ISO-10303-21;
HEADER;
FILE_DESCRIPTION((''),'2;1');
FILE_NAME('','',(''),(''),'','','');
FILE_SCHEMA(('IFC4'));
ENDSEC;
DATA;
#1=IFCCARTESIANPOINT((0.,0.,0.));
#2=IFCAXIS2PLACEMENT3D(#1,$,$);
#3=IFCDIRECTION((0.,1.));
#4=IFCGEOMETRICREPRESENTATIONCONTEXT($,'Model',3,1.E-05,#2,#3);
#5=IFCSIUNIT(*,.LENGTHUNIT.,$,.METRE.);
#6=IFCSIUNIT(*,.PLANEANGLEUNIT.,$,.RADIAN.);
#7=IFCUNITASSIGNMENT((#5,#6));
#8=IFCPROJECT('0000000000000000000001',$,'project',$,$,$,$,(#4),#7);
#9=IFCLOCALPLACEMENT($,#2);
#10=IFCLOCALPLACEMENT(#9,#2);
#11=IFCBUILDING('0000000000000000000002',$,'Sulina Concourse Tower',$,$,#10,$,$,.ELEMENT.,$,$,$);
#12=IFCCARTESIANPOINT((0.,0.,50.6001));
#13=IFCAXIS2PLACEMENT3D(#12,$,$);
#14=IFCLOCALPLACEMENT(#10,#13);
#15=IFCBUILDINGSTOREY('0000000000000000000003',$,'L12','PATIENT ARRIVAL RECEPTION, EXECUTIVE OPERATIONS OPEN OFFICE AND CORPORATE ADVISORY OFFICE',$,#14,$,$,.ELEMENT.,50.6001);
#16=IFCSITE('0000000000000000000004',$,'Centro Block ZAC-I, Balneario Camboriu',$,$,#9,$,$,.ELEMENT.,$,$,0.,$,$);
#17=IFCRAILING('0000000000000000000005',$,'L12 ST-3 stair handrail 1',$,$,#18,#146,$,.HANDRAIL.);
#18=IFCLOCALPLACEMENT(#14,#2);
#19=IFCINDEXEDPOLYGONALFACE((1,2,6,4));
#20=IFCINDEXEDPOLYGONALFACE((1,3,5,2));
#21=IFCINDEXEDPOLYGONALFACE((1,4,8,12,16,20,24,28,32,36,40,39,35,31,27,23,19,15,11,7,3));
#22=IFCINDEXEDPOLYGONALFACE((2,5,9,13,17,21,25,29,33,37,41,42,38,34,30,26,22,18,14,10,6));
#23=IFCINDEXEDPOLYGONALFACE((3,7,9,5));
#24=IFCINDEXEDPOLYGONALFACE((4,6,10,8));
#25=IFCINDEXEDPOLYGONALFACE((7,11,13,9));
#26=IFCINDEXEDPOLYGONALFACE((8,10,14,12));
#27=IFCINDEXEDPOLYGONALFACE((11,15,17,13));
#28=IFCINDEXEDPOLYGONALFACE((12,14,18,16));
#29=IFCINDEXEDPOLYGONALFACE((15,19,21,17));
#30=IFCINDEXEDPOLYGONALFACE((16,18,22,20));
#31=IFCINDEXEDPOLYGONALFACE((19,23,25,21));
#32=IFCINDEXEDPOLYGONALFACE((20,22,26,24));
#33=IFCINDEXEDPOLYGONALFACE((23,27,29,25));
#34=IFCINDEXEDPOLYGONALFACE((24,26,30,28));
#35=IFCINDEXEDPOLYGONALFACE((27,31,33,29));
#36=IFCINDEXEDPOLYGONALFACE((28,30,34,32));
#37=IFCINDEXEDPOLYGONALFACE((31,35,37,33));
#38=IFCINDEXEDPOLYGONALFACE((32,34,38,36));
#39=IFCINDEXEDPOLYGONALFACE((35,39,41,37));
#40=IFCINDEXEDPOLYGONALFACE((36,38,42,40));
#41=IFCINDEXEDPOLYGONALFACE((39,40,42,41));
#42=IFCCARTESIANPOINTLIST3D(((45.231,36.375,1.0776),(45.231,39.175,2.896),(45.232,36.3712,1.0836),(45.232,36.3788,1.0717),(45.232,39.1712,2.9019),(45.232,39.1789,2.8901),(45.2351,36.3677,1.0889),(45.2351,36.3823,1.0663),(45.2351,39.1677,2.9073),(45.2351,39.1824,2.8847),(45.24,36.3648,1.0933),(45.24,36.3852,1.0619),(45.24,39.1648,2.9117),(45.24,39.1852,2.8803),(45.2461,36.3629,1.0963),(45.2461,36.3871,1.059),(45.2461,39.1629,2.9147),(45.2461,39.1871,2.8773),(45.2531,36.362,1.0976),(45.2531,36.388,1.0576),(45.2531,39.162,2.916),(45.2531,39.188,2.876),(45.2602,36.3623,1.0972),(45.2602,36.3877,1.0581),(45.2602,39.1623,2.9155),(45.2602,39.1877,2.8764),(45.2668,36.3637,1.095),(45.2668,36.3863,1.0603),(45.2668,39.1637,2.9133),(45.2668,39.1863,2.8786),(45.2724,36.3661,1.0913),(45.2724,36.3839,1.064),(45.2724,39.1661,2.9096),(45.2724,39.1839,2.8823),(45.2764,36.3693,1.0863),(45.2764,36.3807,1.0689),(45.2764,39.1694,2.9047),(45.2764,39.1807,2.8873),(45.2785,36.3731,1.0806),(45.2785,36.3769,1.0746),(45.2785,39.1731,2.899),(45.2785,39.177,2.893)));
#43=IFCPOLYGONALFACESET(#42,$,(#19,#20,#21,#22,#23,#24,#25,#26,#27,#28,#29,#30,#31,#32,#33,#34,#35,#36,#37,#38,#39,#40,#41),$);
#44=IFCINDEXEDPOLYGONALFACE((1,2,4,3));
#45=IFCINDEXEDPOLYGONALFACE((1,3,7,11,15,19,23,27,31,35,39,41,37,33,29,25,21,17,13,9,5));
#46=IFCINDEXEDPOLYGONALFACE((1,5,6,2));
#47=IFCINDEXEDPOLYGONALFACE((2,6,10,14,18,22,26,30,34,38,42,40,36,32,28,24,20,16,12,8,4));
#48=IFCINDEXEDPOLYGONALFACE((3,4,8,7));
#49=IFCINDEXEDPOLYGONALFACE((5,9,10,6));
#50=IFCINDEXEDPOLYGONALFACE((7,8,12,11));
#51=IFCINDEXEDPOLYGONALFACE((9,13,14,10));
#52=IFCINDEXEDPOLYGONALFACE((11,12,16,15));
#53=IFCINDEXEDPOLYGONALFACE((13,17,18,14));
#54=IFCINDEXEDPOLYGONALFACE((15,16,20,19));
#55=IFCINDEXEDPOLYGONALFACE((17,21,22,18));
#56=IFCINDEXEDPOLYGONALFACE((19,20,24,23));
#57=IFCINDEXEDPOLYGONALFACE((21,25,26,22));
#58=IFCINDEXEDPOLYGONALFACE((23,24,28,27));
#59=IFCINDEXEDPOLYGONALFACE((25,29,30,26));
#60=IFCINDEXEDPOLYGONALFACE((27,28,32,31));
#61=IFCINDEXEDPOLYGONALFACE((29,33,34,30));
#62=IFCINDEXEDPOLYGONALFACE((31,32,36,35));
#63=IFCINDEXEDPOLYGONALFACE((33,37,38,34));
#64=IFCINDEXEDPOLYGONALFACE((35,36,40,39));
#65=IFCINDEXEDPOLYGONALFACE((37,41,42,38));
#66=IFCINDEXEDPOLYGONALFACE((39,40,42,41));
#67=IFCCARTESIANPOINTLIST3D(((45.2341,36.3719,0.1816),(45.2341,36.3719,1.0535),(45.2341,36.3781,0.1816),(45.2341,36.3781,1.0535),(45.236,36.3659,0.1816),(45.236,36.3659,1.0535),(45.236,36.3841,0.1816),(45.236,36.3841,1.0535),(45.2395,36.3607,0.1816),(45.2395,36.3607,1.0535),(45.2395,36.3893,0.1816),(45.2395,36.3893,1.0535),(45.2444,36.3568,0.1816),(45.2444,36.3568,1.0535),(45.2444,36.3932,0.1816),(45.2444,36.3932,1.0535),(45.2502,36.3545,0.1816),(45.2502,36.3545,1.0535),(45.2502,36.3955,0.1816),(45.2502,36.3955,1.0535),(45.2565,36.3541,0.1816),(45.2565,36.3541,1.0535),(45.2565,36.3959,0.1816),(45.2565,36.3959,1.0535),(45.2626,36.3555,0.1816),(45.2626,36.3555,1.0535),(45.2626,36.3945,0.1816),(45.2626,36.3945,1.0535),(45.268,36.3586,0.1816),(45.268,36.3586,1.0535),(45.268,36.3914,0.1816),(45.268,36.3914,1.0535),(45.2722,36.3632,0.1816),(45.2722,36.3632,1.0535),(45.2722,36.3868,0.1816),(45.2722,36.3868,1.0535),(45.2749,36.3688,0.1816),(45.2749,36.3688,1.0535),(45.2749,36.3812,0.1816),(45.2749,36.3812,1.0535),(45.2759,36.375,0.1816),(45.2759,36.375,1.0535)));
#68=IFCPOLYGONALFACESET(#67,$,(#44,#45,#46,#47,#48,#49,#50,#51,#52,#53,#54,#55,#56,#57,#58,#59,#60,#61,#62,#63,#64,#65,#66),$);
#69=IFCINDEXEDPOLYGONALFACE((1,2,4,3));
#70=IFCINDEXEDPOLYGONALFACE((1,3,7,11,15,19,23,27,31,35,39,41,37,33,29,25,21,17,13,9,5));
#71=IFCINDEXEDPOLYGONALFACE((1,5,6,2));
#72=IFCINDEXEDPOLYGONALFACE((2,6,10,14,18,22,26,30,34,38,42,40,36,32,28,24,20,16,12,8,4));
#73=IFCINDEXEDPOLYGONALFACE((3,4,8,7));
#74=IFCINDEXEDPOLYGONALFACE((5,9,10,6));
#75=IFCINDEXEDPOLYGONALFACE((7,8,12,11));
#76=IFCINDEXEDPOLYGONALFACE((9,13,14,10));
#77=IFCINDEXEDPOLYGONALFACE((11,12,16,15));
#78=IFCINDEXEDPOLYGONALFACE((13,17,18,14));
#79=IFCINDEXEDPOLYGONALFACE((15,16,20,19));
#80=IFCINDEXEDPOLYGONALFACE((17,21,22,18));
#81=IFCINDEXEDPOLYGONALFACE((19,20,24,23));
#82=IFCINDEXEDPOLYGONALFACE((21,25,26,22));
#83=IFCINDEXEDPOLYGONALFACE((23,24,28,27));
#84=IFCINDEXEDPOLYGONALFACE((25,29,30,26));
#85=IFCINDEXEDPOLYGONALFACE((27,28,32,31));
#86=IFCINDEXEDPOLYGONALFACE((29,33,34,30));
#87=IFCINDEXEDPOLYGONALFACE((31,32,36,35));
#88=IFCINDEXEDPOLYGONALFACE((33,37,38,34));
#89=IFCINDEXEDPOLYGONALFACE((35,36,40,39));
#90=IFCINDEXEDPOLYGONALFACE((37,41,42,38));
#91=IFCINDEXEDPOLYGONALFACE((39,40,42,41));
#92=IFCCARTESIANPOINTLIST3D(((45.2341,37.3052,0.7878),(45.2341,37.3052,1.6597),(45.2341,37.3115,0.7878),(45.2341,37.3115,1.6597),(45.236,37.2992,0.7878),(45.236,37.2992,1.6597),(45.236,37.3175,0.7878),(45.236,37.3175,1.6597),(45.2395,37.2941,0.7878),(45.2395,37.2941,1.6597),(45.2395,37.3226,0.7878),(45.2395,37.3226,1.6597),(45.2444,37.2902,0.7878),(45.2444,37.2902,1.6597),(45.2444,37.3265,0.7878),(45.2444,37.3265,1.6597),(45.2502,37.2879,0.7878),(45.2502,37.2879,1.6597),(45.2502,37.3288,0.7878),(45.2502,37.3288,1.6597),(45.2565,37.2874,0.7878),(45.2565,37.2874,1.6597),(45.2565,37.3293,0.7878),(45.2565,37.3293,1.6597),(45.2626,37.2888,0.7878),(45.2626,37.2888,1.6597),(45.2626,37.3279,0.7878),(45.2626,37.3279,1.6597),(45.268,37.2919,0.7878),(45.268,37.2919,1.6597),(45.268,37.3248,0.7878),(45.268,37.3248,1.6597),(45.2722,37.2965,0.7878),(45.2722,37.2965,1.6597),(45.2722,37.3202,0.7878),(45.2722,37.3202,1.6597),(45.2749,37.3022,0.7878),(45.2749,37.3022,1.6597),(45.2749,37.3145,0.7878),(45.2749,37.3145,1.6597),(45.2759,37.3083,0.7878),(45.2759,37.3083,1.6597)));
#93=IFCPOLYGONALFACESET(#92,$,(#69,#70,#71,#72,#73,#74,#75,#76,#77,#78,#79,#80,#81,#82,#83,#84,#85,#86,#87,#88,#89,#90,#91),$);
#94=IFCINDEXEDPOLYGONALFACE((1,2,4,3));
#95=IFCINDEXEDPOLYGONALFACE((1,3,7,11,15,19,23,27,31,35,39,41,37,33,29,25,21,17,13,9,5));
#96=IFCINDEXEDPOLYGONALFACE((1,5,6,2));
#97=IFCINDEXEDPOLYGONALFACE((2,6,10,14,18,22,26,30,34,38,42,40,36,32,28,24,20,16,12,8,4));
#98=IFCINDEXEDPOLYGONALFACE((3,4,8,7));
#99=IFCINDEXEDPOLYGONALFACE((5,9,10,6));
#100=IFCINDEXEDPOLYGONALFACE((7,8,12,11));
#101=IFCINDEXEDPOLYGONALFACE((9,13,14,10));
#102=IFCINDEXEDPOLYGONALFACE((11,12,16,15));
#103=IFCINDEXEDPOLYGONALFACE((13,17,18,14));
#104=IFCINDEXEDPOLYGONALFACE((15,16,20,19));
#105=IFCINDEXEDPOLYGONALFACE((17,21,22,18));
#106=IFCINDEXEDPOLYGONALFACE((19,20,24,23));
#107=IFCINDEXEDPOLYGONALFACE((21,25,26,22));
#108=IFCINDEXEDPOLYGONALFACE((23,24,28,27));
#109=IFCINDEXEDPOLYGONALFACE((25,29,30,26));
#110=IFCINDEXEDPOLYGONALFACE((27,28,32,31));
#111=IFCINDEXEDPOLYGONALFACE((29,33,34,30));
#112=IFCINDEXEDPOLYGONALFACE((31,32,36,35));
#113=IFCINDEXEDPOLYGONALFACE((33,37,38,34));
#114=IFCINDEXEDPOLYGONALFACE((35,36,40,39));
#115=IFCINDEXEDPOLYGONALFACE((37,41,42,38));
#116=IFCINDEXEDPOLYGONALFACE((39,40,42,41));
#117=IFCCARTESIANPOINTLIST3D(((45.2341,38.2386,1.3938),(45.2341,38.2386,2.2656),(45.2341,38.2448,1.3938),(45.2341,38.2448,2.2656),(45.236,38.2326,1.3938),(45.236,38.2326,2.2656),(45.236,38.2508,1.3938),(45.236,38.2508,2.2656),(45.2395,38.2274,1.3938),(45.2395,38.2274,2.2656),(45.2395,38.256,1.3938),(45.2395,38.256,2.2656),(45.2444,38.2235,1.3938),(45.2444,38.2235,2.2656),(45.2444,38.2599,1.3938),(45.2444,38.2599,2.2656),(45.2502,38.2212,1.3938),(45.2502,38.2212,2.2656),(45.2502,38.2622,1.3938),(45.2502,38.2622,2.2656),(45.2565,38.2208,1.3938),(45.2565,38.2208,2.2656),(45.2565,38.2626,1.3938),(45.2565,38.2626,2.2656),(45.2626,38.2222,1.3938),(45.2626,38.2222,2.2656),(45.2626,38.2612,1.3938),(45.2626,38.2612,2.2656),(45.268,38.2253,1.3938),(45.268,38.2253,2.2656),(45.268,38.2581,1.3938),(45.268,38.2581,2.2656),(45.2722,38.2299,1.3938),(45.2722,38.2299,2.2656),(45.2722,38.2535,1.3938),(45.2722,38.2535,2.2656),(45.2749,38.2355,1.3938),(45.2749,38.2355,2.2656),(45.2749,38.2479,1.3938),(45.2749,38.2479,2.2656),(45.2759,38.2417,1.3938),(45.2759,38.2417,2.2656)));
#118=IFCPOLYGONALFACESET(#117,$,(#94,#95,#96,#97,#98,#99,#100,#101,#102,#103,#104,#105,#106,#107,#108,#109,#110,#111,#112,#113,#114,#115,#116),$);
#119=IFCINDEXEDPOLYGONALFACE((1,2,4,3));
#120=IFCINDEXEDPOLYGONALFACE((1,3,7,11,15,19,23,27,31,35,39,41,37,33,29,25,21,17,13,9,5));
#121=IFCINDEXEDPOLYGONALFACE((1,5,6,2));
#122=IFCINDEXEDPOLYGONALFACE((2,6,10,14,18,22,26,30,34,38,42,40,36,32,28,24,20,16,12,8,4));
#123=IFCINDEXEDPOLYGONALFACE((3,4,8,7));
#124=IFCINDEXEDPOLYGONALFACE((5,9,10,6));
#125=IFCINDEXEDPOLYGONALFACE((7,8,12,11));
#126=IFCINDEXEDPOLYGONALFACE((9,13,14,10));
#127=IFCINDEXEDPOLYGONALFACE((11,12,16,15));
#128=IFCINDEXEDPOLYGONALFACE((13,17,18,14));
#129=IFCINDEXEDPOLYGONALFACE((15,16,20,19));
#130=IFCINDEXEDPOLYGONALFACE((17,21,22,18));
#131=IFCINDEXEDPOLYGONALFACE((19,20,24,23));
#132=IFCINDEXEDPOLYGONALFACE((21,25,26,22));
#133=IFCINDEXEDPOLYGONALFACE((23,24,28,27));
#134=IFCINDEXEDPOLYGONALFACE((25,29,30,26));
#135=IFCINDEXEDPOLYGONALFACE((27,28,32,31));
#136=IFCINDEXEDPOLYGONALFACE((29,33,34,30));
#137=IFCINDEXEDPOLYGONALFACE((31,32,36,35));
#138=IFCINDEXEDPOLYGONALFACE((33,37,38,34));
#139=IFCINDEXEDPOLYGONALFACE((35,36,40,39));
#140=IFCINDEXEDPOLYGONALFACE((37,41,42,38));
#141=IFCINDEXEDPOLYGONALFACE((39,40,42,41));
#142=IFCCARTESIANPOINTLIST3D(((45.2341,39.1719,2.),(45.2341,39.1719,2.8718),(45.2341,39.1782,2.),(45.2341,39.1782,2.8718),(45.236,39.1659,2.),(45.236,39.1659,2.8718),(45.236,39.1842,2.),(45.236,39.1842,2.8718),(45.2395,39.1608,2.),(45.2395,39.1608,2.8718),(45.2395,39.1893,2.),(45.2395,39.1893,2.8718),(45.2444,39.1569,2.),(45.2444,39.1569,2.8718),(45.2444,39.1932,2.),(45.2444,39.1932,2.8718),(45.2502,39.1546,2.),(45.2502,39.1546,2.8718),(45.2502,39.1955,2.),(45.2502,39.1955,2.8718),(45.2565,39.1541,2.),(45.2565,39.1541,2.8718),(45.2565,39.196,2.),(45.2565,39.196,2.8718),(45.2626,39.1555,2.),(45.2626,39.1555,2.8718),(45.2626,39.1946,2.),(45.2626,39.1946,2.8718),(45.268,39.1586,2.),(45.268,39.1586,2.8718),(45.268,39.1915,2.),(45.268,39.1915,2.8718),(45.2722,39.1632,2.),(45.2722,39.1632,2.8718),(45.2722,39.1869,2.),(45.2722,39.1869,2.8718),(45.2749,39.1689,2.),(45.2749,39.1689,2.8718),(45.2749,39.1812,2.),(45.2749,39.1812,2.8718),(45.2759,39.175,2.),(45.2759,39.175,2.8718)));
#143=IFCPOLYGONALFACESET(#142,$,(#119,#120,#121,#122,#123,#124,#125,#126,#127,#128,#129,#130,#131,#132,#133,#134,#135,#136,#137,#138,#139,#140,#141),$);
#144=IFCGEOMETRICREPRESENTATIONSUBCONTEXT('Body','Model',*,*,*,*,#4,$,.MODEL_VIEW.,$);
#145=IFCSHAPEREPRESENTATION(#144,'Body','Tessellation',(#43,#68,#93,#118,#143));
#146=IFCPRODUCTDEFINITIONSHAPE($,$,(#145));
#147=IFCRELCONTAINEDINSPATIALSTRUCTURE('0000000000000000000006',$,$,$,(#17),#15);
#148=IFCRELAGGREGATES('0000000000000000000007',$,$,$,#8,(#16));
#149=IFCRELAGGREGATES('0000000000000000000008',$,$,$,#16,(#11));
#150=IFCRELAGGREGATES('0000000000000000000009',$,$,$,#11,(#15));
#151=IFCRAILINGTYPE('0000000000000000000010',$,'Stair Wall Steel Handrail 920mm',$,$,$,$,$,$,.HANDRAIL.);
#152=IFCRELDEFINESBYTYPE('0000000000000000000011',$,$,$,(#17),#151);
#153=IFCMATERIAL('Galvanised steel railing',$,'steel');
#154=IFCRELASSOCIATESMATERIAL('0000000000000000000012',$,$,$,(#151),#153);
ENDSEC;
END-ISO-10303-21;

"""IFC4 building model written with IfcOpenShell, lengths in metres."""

from ifc_helpers import new_model, si_unit, direction, frame, origin, origin_2d, place, context, subcontext, project, spatial, circle, extrude, material, type_object, element, save


model = new_model("IFC4")

# Units and contexts
model_context = context("Model", 3, precision=1e-05, world=origin(), true_north=direction((0.0, 1.0)))
body_context = subcontext(model_context, "Body", "Model", "MODEL_VIEW")
ifc_project = project(units=[si_unit("LENGTHUNIT", "METRE"), si_unit("PLANEANGLEUNIT", "RADIAN")], contexts=[model_context])

# Site, building, storey
site_placement = place(None, origin())
site = spatial("IfcSite", under=ifc_project, at=site_placement, Name="Centro Block ZAC-I, Balneario Camboriu", CompositionType="ELEMENT", RefElevation=0.0)
building_placement = place(site_placement, origin())
building = spatial("IfcBuilding", under=site, at=building_placement, Name="Sulina Concourse Tower", CompositionType="ELEMENT")
storey_placement = place(building_placement, frame((0.0, 0.0, 50.6001)))
storey = spatial("IfcBuildingStorey", under=building, at=storey_placement, Name="L12", Description="PATIENT ARRIVAL RECEPTION, EXECUTIVE OPERATIONS OPEN OFFICE AND CORPORATE ADVISORY OFFICE", CompositionType="ELEMENT", Elevation=50.6001)

# Railing
ifc_material_1 = material(Name="Galvanised steel railing", Category="steel")
railing_type_1 = type_object("IfcRailingType", Name="Stair Wall Steel Handrail 920mm", PredefinedType="HANDRAIL", material=ifc_material_1)
railing_1_placement = place(storey_placement, frame((45.2549, 36.375, 0.1816)))
element("IfcRailing", 1, at=railing_1_placement, inside=storey, type_object=railing_type_1, Name="L12 ST-3 stair handrail 1", PredefinedType="HANDRAIL", context=body_context, shape_type="SweptSolid", body=[
    extrude(circle(Radius=0.0239, at=origin_2d()), frame((0.0, 0.0, 0.896), z_axis=(0.0, 0.838672, 0.544636), x_axis=(-1.0, 0.0, 0.0)), (0.0, 0.0, 1.0), 3.3386),
    extrude(circle(Radius=0.021, at=origin_2d()), origin(), (0.0, 0.0, 1.0), 0.8718),
    extrude(circle(Radius=0.021, at=origin_2d()), frame((0.0, 0.9333, 0.6062)), (0.0, 0.0, 1.0), 0.8718),
    extrude(circle(Radius=0.021, at=origin_2d()), frame((0.0, 1.8667, 1.2122)), (0.0, 0.0, 1.0), 0.8718),
    extrude(circle(Radius=0.021, at=origin_2d()), frame((0.0, 2.8, 1.8184)), (0.0, 0.0, 1.0), 0.8718),
])

save(model, "model.ifc")
